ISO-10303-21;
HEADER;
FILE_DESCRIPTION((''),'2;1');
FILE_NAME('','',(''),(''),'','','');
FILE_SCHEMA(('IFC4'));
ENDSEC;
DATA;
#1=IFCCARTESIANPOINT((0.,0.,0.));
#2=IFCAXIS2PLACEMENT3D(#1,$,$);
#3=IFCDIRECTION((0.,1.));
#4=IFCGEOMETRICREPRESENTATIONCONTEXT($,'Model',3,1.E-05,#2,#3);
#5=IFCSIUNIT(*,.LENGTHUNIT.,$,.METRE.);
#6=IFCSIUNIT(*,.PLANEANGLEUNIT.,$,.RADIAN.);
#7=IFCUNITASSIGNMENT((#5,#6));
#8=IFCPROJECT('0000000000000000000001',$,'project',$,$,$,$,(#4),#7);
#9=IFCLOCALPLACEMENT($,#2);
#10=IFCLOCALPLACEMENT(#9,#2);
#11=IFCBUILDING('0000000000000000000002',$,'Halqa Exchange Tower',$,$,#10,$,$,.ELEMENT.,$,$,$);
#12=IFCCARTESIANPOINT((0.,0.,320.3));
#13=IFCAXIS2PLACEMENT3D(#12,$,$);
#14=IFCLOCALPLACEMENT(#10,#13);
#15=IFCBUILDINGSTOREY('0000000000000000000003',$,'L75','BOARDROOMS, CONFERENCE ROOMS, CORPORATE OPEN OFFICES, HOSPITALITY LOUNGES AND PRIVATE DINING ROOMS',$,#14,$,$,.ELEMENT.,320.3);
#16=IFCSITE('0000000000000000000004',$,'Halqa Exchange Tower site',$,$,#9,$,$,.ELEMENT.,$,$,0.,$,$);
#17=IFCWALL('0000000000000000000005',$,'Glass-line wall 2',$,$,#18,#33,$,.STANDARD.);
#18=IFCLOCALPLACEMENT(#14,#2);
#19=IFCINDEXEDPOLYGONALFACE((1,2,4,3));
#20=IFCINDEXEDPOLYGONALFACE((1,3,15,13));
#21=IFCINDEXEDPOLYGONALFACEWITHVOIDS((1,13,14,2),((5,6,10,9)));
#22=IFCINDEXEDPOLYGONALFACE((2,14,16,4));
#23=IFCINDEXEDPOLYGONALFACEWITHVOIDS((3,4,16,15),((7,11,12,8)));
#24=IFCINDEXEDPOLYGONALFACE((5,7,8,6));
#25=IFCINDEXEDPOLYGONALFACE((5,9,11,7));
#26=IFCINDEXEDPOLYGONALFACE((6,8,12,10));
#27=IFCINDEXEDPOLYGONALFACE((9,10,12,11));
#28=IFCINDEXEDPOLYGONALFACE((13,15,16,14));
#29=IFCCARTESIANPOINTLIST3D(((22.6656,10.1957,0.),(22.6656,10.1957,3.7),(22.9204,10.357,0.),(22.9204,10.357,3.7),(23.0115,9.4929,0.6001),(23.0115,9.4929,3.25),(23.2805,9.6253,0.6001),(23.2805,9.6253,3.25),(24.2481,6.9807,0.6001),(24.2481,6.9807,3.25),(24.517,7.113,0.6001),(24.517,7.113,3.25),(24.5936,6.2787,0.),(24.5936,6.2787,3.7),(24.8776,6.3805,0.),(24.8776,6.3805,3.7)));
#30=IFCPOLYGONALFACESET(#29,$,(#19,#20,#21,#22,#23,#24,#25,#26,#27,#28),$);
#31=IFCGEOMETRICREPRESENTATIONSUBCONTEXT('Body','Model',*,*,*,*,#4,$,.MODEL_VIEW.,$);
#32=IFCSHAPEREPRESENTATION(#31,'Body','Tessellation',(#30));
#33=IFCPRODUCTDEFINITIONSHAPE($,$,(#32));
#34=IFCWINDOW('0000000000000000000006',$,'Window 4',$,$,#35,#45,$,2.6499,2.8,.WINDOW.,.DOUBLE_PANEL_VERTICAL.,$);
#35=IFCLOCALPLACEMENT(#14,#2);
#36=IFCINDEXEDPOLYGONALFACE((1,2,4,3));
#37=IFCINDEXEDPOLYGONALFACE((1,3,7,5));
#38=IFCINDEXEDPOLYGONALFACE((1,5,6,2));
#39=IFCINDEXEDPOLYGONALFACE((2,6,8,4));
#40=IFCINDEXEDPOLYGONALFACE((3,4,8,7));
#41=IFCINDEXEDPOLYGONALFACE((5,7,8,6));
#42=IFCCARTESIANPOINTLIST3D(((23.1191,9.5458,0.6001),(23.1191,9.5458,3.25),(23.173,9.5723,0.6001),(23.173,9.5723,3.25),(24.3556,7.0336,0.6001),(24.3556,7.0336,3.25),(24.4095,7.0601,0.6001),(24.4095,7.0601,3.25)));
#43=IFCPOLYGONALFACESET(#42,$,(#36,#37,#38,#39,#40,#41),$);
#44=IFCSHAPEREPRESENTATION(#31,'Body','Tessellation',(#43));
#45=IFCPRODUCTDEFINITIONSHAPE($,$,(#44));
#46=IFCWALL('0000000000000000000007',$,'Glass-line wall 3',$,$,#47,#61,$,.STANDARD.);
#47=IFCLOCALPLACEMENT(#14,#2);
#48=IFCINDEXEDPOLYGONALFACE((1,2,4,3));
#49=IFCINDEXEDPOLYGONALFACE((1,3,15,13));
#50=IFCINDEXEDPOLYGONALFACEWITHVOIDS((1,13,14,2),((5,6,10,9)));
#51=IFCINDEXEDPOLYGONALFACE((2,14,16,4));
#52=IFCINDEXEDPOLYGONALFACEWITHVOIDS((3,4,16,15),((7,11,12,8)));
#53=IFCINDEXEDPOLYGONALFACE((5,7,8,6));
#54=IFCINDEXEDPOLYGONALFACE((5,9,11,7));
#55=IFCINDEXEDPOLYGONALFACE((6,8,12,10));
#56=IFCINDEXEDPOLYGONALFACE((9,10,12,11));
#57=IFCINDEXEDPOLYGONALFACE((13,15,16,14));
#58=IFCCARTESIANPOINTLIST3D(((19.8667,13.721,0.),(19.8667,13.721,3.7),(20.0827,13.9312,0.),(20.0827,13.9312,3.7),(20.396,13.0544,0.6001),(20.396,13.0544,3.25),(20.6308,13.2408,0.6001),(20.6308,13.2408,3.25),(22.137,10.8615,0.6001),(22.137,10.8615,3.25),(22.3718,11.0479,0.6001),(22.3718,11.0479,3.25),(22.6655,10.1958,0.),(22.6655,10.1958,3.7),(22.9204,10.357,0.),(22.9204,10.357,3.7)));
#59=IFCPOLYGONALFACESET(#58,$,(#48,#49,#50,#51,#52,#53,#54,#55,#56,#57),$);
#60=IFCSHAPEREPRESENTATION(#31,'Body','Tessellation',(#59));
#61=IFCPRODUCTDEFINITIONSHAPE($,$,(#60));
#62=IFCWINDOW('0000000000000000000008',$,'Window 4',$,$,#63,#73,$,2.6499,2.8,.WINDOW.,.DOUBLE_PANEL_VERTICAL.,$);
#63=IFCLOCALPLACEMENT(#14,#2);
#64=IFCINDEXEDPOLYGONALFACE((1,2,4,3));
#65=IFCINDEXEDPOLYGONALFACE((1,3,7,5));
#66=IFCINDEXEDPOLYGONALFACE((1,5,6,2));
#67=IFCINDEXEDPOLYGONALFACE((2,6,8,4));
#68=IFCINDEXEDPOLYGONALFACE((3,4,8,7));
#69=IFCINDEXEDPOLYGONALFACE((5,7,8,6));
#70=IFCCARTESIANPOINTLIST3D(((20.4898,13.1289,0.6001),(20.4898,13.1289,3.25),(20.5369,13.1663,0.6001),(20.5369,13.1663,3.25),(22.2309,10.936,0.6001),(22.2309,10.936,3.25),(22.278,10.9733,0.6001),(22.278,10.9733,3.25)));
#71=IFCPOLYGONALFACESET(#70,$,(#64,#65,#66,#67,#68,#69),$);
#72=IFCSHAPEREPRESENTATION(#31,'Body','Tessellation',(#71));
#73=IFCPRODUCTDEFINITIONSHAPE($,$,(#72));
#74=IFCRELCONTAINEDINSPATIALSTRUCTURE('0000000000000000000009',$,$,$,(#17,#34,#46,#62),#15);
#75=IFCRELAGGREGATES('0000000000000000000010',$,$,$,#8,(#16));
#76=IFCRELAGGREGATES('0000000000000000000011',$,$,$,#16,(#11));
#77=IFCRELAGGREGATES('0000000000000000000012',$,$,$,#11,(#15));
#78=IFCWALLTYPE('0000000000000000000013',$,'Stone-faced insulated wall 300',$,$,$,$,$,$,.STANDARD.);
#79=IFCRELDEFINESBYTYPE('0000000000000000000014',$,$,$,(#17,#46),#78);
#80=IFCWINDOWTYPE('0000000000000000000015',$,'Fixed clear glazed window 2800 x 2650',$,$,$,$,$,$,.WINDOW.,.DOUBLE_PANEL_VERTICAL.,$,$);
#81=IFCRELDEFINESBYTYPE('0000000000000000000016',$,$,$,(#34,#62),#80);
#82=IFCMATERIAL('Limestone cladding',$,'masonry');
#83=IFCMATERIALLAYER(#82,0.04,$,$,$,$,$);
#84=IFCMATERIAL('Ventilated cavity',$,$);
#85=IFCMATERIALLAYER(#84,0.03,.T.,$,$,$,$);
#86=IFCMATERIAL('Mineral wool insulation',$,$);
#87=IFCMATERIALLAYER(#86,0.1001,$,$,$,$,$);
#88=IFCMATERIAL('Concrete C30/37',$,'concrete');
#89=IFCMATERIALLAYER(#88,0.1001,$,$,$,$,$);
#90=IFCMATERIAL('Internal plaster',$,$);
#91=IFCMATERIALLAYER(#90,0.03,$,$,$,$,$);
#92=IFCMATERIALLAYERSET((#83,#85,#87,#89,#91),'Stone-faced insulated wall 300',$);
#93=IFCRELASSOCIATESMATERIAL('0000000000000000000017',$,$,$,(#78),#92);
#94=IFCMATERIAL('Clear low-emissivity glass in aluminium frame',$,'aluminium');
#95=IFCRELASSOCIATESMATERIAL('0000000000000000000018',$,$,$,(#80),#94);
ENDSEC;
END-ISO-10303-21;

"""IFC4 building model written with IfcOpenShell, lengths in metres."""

from ifc_helpers import new_model, si_unit, direction, frame, frame_2d, origin, place, context, subcontext, project, spatial, polyline, rectangle, outline, extrude, material, layer, layer_set, type_object, element, fill, save


model = new_model("IFC4")

# Units and contexts
model_context = context("Model", 3, precision=1e-05, world=origin(), true_north=direction((0.0, 1.0)))
body_context = subcontext(model_context, "Body", "Model", "MODEL_VIEW")
ifc_project = project(units=[si_unit("LENGTHUNIT", "METRE"), si_unit("PLANEANGLEUNIT", "RADIAN")], contexts=[model_context])

# Site, building, storey
site_placement = place(None, origin())
site = spatial("IfcSite", under=ifc_project, at=site_placement, Name="Halqa Exchange Tower site", CompositionType="ELEMENT", RefElevation=0.0)
building_placement = place(site_placement, origin())
building = spatial("IfcBuilding", under=site, at=building_placement, Name="Halqa Exchange Tower", CompositionType="ELEMENT")
storey_placement = place(building_placement, frame((0.0, 0.0, 320.3)))
storey = spatial("IfcBuildingStorey", under=building, at=storey_placement, Name="L75", Description="BOARDROOMS, CONFERENCE ROOMS, CORPORATE OPEN OFFICES, HOSPITALITY LOUNGES AND PRIVATE DINING ROOMS", CompositionType="ELEMENT", Elevation=320.3)

# Walls, openings, windows
ifc_material_1 = material(Name="Limestone cladding", Category="masonry")
ifc_layer_1 = layer(ifc_material_1, 0.04)
ifc_material_2 = material(Name="Ventilated cavity")
ifc_layer_2 = layer(ifc_material_2, 0.03, ventilated=True)
ifc_material_3 = material(Name="Mineral wool insulation")
ifc_layer_3 = layer(ifc_material_3, 0.1001)
ifc_material_4 = material(Name="Concrete C30/37", Category="concrete")
ifc_layer_4 = layer(ifc_material_4, 0.1001)
ifc_material_5 = material(Name="Internal plaster")
ifc_layer_5 = layer(ifc_material_5, 0.03)
ifc_layer_set_1 = layer_set([ifc_layer_1, ifc_layer_2, ifc_layer_3, ifc_layer_4, ifc_layer_5], Name="Stone-faced insulated wall 300")
wall_type_1 = type_object("IfcWallType", Name="Stone-faced insulated wall 300", PredefinedType="STANDARD", material=ifc_layer_set_1)
ifc_material_6 = material(Name="Clear low-emissivity glass in aluminium frame", Category="aluminium")
window_type = type_object("IfcWindowType", Name="Fixed clear glazed window 2800 x 2650", PartitioningType="DOUBLE_PANEL_VERTICAL", PredefinedType="WINDOW", material=ifc_material_6)
wall_1_placement = place(storey_placement, frame((24.7356, 6.3296, 0.0), z_axis=(0.0, 0.0, 1.0), x_axis=(-0.44161, 0.897207, 0.0)))
wall_1 = element("IfcWall", 1, at=wall_1_placement, inside=storey, type_object=wall_type_1, Name="Glass-line wall 2", PredefinedType="STANDARD", context=body_context, shape_type="SweptSolid", body=[
    extrude(outline(polyline([(-0.0171, -0.1499), (4.415, -0.1499), (4.3828, 0.1499), (0.0171, 0.1499), (-0.0171, -0.1499)])), origin(), (0.0, 0.0, 1.0), 3.7),
])
opening_1_placement = place(wall_1_placement, frame((0.7996, 0.0, 0.6001)))
opening_1 = element("IfcOpeningElement", 2, at=opening_1_placement, cuts=wall_1, PredefinedType="OPENING", context=body_context, shape_type="SweptSolid", body=[
    extrude(rectangle(XDim=2.8, YDim=2.6499, at=frame_2d((1.3999, 1.325))), frame((0.0, 0.1621, 0.0), z_axis=(0.0, -1.0, 0.0), x_axis=(1.0, 0.0, 0.0)), (0.0, 0.0, 1.0), 0.324),
])
window_1_placement = place(opening_1_placement, origin())
window_1 = element("IfcWindow", 3, at=window_1_placement, inside=storey, type_object=window_type, Name="Window 4", OverallHeight=2.6499, OverallWidth=2.8, PartitioningType="DOUBLE_PANEL_VERTICAL", PredefinedType="WINDOW", context=body_context, shape_type="SweptSolid", body=[
    extrude(rectangle(XDim=2.8, YDim=2.6499, at=frame_2d((1.3999, 1.325))), frame((0.0, 0.03, 0.0), z_axis=(0.0, -1.0, 0.0), x_axis=(1.0, 0.0, 0.0)), (0.0, 0.0, 1.0), 0.0601),
])
fill(opening_1, window_1)
wall_2_placement = place(storey_placement, frame((22.793, 10.2764, 0.0), z_axis=(0.0, 0.0, 1.0), x_axis=(-0.621801, 0.783176, 0.0)))
wall_2 = element("IfcWall", 4, at=wall_2_placement, inside=storey, type_object=wall_type_1, Name="Glass-line wall 3", PredefinedType="STANDARD", context=body_context, shape_type="SweptSolid", body=[
    extrude(outline(polyline([(-0.0161, -0.1499), (4.5476, -0.1499), (4.5173, 0.1499), (0.0161, 0.1499), (-0.0161, -0.1499)])), origin(), (0.0, 0.0, 1.0), 3.7),
])
opening_2_placement = place(wall_2_placement, frame((0.8662, 0.0, 0.6001)))
opening_2 = element("IfcOpeningElement", 5, at=opening_2_placement, cuts=wall_2, PredefinedType="OPENING", context=body_context, shape_type="SweptSolid", body=[
    extrude(rectangle(XDim=2.8, YDim=2.6499, at=frame_2d((1.3999, 1.325))), frame((0.0, 0.1621, 0.0), z_axis=(0.0, -1.0, 0.0), x_axis=(1.0, 0.0, 0.0)), (0.0, 0.0, 1.0), 0.324),
])
window_2_placement = place(opening_2_placement, origin())
window_2 = element("IfcWindow", 6, at=window_2_placement, inside=storey, type_object=window_type, Name="Window 4", OverallHeight=2.6499, OverallWidth=2.8, PartitioningType="DOUBLE_PANEL_VERTICAL", PredefinedType="WINDOW", context=body_context, shape_type="SweptSolid", body=[
    extrude(rectangle(XDim=2.8, YDim=2.6499, at=frame_2d((1.3999, 1.325))), frame((0.0, 0.03, 0.0), z_axis=(0.0, -1.0, 0.0), x_axis=(1.0, 0.0, 0.0)), (0.0, 0.0, 1.0), 0.0601),
])
fill(opening_2, window_2)

save(model, "model.ifc")
